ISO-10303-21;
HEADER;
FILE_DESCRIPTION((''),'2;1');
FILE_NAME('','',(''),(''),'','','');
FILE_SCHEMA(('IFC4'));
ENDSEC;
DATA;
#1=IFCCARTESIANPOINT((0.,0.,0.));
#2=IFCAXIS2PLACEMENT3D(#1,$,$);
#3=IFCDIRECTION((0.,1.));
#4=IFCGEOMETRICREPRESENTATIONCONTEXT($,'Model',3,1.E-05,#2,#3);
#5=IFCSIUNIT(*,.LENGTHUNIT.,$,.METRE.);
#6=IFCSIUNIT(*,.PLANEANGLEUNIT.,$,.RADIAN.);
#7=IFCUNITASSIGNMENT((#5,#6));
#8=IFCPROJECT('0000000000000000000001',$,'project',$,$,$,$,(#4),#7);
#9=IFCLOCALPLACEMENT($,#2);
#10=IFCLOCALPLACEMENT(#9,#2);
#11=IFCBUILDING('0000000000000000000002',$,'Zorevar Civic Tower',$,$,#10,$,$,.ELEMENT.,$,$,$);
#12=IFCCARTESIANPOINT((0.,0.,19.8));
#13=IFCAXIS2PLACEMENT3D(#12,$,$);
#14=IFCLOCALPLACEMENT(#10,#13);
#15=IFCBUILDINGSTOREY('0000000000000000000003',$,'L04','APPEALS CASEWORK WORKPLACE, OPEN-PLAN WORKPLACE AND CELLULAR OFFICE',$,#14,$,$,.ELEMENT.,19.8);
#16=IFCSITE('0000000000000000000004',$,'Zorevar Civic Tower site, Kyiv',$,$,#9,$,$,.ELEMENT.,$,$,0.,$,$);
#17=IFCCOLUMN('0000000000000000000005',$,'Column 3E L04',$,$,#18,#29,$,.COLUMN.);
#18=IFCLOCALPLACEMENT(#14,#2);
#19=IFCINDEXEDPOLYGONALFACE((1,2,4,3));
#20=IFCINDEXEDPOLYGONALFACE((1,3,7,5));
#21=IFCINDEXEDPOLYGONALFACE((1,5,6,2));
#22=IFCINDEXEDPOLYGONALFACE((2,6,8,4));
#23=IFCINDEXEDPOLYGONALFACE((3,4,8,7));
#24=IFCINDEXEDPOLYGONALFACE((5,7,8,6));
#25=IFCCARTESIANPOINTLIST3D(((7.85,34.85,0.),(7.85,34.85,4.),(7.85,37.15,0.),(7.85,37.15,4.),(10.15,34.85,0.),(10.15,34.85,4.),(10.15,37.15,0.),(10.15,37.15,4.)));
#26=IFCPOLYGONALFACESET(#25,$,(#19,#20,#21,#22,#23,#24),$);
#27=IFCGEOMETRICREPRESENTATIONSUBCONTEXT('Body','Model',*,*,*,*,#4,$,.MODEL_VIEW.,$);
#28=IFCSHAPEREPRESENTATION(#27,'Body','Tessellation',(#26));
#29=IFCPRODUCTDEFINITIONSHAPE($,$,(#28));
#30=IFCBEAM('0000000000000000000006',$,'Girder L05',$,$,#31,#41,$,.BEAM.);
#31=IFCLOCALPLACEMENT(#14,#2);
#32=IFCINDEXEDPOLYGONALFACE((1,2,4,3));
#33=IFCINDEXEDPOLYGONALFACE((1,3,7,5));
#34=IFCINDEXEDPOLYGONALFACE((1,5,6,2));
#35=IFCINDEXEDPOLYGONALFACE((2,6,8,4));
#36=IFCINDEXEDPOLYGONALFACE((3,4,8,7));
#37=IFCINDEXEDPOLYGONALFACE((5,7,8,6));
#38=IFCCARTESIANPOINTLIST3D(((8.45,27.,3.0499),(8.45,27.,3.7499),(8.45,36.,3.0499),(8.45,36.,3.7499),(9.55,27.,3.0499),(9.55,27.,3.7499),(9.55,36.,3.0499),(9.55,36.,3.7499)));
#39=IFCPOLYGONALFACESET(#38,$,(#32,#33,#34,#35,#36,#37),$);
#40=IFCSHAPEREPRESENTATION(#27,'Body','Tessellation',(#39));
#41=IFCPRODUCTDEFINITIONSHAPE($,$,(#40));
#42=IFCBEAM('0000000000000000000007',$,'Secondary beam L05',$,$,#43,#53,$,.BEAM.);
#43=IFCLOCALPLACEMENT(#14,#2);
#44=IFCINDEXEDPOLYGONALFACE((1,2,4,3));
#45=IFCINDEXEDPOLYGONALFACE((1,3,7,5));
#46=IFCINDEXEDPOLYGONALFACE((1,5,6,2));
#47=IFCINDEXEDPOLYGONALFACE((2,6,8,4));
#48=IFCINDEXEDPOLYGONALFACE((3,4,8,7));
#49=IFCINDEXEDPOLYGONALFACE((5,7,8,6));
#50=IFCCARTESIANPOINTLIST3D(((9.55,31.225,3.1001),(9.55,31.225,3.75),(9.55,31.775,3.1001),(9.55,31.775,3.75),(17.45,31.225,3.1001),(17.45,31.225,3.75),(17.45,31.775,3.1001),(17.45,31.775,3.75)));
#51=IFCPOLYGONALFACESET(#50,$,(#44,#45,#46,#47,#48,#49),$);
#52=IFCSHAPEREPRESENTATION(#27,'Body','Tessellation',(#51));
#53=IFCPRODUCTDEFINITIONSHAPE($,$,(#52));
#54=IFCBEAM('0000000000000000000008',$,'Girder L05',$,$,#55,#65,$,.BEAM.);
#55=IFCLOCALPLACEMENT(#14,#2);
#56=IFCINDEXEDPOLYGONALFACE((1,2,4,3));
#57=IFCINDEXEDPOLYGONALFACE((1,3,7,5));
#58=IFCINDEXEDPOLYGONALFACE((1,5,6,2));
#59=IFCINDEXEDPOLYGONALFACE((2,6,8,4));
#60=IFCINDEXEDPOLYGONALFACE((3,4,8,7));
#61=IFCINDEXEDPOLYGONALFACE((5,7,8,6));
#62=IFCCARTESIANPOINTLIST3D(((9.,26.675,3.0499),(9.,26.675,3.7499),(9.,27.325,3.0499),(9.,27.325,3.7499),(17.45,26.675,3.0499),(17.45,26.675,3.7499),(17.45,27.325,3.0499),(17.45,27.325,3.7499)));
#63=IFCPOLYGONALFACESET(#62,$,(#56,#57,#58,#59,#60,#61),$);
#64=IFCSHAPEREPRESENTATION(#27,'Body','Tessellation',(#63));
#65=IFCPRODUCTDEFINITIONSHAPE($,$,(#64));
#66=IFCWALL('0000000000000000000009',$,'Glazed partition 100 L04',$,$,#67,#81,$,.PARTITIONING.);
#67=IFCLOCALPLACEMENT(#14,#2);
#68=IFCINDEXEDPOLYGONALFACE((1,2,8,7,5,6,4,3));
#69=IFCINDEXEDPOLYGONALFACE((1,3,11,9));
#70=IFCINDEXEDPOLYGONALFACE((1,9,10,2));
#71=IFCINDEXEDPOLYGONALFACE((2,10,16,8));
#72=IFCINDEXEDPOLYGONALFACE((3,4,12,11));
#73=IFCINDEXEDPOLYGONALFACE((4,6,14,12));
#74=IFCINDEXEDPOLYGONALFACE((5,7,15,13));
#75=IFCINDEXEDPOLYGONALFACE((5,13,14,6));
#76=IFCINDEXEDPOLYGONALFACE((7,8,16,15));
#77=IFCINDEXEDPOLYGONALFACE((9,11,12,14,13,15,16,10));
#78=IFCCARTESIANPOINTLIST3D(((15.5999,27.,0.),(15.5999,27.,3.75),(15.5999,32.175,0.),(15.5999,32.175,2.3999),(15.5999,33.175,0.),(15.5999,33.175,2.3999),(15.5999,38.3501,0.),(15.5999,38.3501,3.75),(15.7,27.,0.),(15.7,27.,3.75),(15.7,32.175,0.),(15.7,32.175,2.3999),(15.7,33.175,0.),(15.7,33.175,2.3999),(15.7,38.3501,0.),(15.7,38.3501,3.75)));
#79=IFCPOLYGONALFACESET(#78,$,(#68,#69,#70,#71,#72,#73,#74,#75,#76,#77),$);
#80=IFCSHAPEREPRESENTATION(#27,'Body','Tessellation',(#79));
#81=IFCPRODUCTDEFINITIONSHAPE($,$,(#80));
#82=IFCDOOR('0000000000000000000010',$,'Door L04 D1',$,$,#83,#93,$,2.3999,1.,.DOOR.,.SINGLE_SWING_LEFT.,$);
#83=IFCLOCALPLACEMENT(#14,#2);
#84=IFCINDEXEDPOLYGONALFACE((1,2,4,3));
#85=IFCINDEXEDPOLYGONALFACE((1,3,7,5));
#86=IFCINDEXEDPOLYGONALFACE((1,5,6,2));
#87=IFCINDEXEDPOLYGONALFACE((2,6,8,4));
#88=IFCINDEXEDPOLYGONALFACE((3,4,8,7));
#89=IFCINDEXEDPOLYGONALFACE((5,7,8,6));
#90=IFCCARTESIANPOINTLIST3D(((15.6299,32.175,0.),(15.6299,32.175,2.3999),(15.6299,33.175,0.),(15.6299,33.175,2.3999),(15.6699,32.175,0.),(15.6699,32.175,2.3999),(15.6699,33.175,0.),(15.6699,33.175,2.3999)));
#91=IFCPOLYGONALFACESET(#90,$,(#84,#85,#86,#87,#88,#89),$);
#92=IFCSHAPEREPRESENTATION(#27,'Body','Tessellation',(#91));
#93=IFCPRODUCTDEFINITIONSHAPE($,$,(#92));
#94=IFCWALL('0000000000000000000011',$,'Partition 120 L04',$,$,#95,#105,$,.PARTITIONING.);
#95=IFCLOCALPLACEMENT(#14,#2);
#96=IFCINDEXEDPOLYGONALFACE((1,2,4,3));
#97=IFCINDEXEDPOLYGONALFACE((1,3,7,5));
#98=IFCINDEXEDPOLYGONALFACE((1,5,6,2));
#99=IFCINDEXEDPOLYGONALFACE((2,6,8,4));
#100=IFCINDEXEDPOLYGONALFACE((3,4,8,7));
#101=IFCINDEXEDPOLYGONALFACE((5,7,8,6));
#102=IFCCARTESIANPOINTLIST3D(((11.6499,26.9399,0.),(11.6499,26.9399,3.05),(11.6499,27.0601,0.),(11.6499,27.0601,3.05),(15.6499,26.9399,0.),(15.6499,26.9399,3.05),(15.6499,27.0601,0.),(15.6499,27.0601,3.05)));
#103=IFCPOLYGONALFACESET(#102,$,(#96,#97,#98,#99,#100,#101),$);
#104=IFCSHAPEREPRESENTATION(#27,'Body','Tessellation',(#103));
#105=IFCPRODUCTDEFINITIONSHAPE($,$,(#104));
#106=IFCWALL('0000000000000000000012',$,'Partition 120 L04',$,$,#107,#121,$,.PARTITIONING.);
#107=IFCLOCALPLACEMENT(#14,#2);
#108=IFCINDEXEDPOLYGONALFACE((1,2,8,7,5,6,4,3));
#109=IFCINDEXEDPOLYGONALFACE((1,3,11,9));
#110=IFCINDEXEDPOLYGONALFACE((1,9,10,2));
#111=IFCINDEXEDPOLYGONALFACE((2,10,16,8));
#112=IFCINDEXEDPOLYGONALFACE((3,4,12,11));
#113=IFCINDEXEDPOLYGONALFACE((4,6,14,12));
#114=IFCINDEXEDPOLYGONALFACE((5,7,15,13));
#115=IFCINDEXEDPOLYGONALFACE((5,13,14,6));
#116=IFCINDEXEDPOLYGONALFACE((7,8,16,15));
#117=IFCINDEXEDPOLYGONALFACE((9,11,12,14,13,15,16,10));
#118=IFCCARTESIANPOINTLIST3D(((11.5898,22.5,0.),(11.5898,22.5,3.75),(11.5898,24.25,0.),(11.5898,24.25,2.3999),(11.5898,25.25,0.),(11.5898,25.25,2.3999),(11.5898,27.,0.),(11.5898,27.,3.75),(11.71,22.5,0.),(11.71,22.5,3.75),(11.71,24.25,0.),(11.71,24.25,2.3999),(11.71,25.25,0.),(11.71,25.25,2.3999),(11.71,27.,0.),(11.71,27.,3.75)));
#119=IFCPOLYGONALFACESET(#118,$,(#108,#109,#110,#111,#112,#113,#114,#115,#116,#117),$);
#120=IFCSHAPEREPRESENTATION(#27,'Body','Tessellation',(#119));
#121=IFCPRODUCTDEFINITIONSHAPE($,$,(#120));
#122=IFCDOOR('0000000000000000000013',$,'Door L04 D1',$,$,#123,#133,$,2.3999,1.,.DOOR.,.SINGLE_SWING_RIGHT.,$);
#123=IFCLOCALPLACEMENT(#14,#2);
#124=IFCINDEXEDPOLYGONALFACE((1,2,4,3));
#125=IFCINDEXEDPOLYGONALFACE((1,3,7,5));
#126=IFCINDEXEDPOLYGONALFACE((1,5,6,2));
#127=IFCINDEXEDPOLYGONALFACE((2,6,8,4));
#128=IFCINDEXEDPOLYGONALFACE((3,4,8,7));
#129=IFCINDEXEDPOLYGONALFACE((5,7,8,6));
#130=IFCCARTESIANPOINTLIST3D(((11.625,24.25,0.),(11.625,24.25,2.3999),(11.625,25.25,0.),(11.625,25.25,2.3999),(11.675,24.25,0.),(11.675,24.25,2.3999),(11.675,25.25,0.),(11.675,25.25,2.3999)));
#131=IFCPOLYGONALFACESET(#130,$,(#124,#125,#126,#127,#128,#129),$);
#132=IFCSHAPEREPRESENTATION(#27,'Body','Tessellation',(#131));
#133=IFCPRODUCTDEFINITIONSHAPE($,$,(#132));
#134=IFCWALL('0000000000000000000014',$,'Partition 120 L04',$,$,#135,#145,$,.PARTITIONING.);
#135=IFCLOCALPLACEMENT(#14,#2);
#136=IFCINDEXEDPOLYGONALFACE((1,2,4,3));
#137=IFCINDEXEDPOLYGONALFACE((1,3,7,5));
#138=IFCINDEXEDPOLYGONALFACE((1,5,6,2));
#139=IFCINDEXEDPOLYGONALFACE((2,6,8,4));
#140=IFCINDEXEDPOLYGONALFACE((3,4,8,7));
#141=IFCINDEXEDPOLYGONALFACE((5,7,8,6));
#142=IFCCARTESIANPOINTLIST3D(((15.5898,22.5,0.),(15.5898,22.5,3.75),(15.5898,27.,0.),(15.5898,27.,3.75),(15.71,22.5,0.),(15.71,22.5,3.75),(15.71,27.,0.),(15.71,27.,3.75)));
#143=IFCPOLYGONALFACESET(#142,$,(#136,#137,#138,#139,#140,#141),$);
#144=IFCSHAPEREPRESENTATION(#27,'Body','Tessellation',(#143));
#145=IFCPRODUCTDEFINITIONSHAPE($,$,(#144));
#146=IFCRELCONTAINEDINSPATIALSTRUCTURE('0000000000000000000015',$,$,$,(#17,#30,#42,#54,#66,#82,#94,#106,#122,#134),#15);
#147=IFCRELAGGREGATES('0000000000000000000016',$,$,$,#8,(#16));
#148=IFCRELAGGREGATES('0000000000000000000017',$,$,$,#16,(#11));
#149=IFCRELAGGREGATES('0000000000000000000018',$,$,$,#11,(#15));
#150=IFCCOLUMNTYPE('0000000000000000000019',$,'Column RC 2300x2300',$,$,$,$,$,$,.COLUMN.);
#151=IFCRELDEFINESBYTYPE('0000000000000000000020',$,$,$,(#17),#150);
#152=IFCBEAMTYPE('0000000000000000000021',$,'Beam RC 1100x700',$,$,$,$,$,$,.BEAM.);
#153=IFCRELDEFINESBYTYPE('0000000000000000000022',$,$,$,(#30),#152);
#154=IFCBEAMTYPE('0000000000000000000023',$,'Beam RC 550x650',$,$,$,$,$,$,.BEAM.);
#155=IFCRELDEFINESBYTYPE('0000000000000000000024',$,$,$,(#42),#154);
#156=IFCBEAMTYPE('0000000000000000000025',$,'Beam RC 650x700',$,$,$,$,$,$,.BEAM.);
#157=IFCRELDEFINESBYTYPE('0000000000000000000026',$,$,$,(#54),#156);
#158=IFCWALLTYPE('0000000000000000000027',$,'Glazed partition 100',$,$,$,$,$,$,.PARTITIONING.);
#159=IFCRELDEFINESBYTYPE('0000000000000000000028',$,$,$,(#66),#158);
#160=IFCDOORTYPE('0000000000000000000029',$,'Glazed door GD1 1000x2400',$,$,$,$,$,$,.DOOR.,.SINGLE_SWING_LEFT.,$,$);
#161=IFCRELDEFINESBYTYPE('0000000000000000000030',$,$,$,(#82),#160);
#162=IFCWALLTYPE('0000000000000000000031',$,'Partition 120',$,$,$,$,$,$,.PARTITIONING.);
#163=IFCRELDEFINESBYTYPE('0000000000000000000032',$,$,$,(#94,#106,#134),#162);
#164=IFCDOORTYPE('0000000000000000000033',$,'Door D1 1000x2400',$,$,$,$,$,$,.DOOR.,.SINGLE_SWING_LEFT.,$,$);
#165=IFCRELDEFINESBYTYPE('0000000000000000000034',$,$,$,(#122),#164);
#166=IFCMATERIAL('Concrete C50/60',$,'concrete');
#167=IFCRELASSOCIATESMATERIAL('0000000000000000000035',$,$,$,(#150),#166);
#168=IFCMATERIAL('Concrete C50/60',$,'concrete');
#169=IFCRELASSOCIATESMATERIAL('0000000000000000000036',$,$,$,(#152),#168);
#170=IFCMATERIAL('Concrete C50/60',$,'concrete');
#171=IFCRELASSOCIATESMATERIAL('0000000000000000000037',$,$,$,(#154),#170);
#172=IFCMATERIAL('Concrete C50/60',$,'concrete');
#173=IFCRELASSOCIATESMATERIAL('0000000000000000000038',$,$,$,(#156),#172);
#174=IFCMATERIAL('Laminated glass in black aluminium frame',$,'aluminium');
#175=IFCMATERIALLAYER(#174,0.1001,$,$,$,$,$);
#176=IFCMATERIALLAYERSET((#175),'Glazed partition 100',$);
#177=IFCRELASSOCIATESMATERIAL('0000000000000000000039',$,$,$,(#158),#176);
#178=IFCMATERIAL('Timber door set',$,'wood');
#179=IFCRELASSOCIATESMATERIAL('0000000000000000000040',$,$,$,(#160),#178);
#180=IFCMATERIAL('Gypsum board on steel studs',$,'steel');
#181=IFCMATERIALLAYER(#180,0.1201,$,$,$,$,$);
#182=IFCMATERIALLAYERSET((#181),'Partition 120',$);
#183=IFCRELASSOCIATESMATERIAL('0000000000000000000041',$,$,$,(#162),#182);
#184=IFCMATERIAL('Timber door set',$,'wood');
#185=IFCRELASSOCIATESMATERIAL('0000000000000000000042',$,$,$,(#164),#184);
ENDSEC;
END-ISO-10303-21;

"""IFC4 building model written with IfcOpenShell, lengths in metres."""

from ifc_helpers import new_model, si_unit, direction, frame, frame_2d, origin, origin_2d, place, context, subcontext, project, spatial, rectangle, extrude, material, layer, layer_set, material_profile, profile_set, type_object, element, fill, save


model = new_model("IFC4")

# Units and contexts
model_context = context("Model", 3, precision=1e-05, world=origin(), true_north=direction((0.0, 1.0)))
body_context = subcontext(model_context, "Body", "Model", "MODEL_VIEW")
ifc_project = project(units=[si_unit("LENGTHUNIT", "METRE"), si_unit("PLANEANGLEUNIT", "RADIAN")], contexts=[model_context])

# Site, building, storey
site_placement = place(None, origin())
site = spatial("IfcSite", under=ifc_project, at=site_placement, Name="Zorevar Civic Tower site, Kyiv", CompositionType="ELEMENT", RefElevation=0.0)
building_placement = place(site_placement, origin())
building = spatial("IfcBuilding", under=site, at=building_placement, Name="Zorevar Civic Tower", CompositionType="ELEMENT")
storey_placement = place(building_placement, frame((0.0, 0.0, 19.8)))
storey = spatial("IfcBuildingStorey", under=building, at=storey_placement, Name="L04", Description="APPEALS CASEWORK WORKPLACE, OPEN-PLAN WORKPLACE AND CELLULAR OFFICE", CompositionType="ELEMENT", Elevation=19.8)

# Column
ifc_material_1 = material(Name="Concrete C50/60", Category="concrete")
ifc_material_profile_1 = material_profile(ifc_material_1, rectangle(XDim=2.3, YDim=2.3, at=origin_2d()), Name="RC 2300x2300")
ifc_profile_set_1 = profile_set([ifc_material_profile_1], Name="Concrete C50/60")
column_type = type_object("IfcColumnType", Name="Column RC 2300x2300", PredefinedType="COLUMN", material=ifc_profile_set_1)
column_placement = place(storey_placement, frame((9.0, 36.0, 0.0), z_axis=(0.0, 0.0, 1.0), x_axis=(1.0, 0.0, 0.0)))
element("IfcColumn", 1, at=column_placement, inside=storey, type_object=column_type, Name="Column 3E L04", PredefinedType="COLUMN", context=body_context, shape_type="SweptSolid", body=[
    extrude(rectangle(XDim=2.3, YDim=2.3, at=origin_2d()), origin(), (0.0, 0.0, 1.0), 4.0),
])

# Beams
ifc_material_2 = material(Name="Concrete C50/60", Category="concrete")
ifc_material_profile_2 = material_profile(ifc_material_2, rectangle(XDim=1.1001, YDim=0.7, at=origin_2d()), Name="RC 1100x700")
ifc_profile_set_2 = profile_set([ifc_material_profile_2], Name="Concrete C50/60")
beam_type_1 = type_object("IfcBeamType", Name="Beam RC 1100x700", PredefinedType="BEAM", material=ifc_profile_set_2)
beam_1_placement = place(storey_placement, frame((9.0, 27.0, 3.3999), z_axis=(0.0, 1.0, 0.0), x_axis=(-1.0, 0.0, 0.0)))
element("IfcBeam", 2, at=beam_1_placement, inside=storey, type_object=beam_type_1, Name="Girder L05", PredefinedType="BEAM", context=body_context, shape_type="SweptSolid", body=[
    extrude(rectangle(XDim=1.1001, YDim=0.7, at=origin_2d()), origin(), (0.0, 0.0, 1.0), 9.0),
])
ifc_material_3 = material(Name="Concrete C50/60", Category="concrete")
ifc_material_profile_3 = material_profile(ifc_material_3, rectangle(XDim=0.55, YDim=0.6499, at=origin_2d()), Name="RC 550x650")
ifc_profile_set_3 = profile_set([ifc_material_profile_3], Name="Concrete C50/60")
beam_type_2 = type_object("IfcBeamType", Name="Beam RC 550x650", PredefinedType="BEAM", material=ifc_profile_set_3)
beam_2_placement = place(storey_placement, frame((9.55, 31.5, 3.425), z_axis=(1.0, 0.0, 0.0), x_axis=(0.0, 1.0, 0.0)))
element("IfcBeam", 3, at=beam_2_placement, inside=storey, type_object=beam_type_2, Name="Secondary beam L05", PredefinedType="BEAM", context=body_context, shape_type="SweptSolid", body=[
    extrude(rectangle(XDim=0.55, YDim=0.6499, at=origin_2d()), origin(), (0.0, 0.0, 1.0), 7.8999),
])
ifc_material_4 = material(Name="Concrete C50/60", Category="concrete")
ifc_material_profile_4 = material_profile(ifc_material_4, rectangle(XDim=0.6499, YDim=0.7, at=origin_2d()), Name="RC 650x700")
ifc_profile_set_4 = profile_set([ifc_material_profile_4], Name="Concrete C50/60")
beam_type_3 = type_object("IfcBeamType", Name="Beam RC 650x700", PredefinedType="BEAM", material=ifc_profile_set_4)
beam_3_placement = place(storey_placement, frame((9.0, 27.0, 3.3999), z_axis=(1.0, 0.0, 0.0), x_axis=(0.0, 1.0, 0.0)))
element("IfcBeam", 4, at=beam_3_placement, inside=storey, type_object=beam_type_3, Name="Girder L05", PredefinedType="BEAM", context=body_context, shape_type="SweptSolid", body=[
    extrude(rectangle(XDim=0.6499, YDim=0.7, at=origin_2d()), origin(), (0.0, 0.0, 1.0), 8.45),
])

# Wall, opening, door
ifc_material_5 = material(Name="Laminated glass in black aluminium frame", Category="aluminium")
ifc_layer_1 = layer(ifc_material_5, 0.1001)
ifc_layer_set_1 = layer_set([ifc_layer_1], Name="Glazed partition 100")
wall_type_1 = type_object("IfcWallType", Name="Glazed partition 100", PredefinedType="PARTITIONING", material=ifc_layer_set_1)
wall_1_placement = place(storey_placement, frame((15.6499, 27.0, 0.0), z_axis=(0.0, 0.0, 1.0), x_axis=(0.0, 1.0, 0.0)))
wall_1 = element("IfcWall", 5, at=wall_1_placement, inside=storey, type_object=wall_type_1, Name="Glazed partition 100 L04", PredefinedType="PARTITIONING", context=body_context, shape_type="SweptSolid", body=[
    extrude(rectangle(XDim=11.3501, YDim=0.1001, at=frame_2d((5.675, 0.0))), origin(), (0.0, 0.0, 1.0), 3.75),
])
opening_1_placement = place(wall_1_placement, frame((5.175, 0.0, 0.0)))
opening_1 = element("IfcOpeningElement", 6, at=opening_1_placement, cuts=wall_1, PredefinedType="OPENING", context=body_context, shape_type="SweptSolid", body=[
    extrude(rectangle(XDim=1.0, YDim=2.3999, at=frame_2d((0.5, 1.2))), frame((0.0, 0.0601, 0.0), z_axis=(0.0, -1.0, 0.0), x_axis=(1.0, 0.0, 0.0)), (0.0, 0.0, 1.0), 0.1201),
])
ifc_material_6 = material(Name="Timber door set", Category="wood")
door_type_1 = type_object("IfcDoorType", Name="Glazed door GD1 1000x2400", OperationType="SINGLE_SWING_LEFT", PredefinedType="DOOR", material=ifc_material_6)
door_1_placement = place(opening_1_placement, origin())
door_1 = element("IfcDoor", 7, at=door_1_placement, inside=storey, type_object=door_type_1, Name="Door L04 D1", OperationType="SINGLE_SWING_LEFT", OverallHeight=2.3999, OverallWidth=1.0, PredefinedType="DOOR", context=body_context, shape_type="SweptSolid", body=[
    extrude(rectangle(XDim=1.0, YDim=2.3999, at=frame_2d((0.5, 1.2))), frame((0.0, 0.02, 0.0), z_axis=(0.0, -1.0, 0.0), x_axis=(1.0, 0.0, 0.0)), (0.0, 0.0, 1.0), 0.04),
])
fill(opening_1, door_1)

# Wall
ifc_material_7 = material(Name="Gypsum board on steel studs", Category="steel")
ifc_layer_2 = layer(ifc_material_7, 0.1201)
ifc_layer_set_2 = layer_set([ifc_layer_2], Name="Partition 120")
wall_type_2 = type_object("IfcWallType", Name="Partition 120", PredefinedType="PARTITIONING", material=ifc_layer_set_2)
wall_2_placement = place(storey_placement, frame((11.6499, 27.0, 0.0), z_axis=(0.0, 0.0, 1.0), x_axis=(1.0, 0.0, 0.0)))
element("IfcWall", 8, at=wall_2_placement, inside=storey, type_object=wall_type_2, Name="Partition 120 L04", PredefinedType="PARTITIONING", context=body_context, shape_type="SweptSolid", body=[
    extrude(rectangle(XDim=4.0, YDim=0.1201, at=frame_2d((2.0, 0.0))), origin(), (0.0, 0.0, 1.0), 3.05),
])

# Wall, opening, door
wall_3_placement = place(storey_placement, frame((11.6499, 22.5, 0.0), z_axis=(0.0, 0.0, 1.0), x_axis=(0.0, 1.0, 0.0)))
wall_3 = element("IfcWall", 9, at=wall_3_placement, inside=storey, type_object=wall_type_2, Name="Partition 120 L04", PredefinedType="PARTITIONING", context=body_context, shape_type="SweptSolid", body=[
    extrude(rectangle(XDim=4.5, YDim=0.1201, at=frame_2d((2.25, 0.0))), origin(), (0.0, 0.0, 1.0), 3.75),
])
opening_2_placement = place(wall_3_placement, frame((1.75, 0.0, 0.0)))
opening_2 = element("IfcOpeningElement", 10, at=opening_2_placement, cuts=wall_3, PredefinedType="OPENING", context=body_context, shape_type="SweptSolid", body=[
    extrude(rectangle(XDim=1.0, YDim=2.3999, at=frame_2d((0.5, 1.2))), frame((0.0, 0.0701, 0.0), z_axis=(0.0, -1.0, 0.0), x_axis=(1.0, 0.0, 0.0)), (0.0, 0.0, 1.0), 0.1401),
])
ifc_material_8 = material(Name="Timber door set", Category="wood")
door_type_2 = type_object("IfcDoorType", Name="Door D1 1000x2400", OperationType="SINGLE_SWING_LEFT", PredefinedType="DOOR", material=ifc_material_8)
door_2_placement = place(opening_2_placement, origin())
door_2 = element("IfcDoor", 11, at=door_2_placement, inside=storey, type_object=door_type_2, Name="Door L04 D1", OperationType="SINGLE_SWING_RIGHT", OverallHeight=2.3999, OverallWidth=1.0, PredefinedType="DOOR", context=body_context, shape_type="SweptSolid", body=[
    extrude(rectangle(XDim=1.0, YDim=2.3999, at=frame_2d((0.5, 1.2))), frame((0.0, 0.0249, 0.0), z_axis=(0.0, -1.0, 0.0), x_axis=(1.0, 0.0, 0.0)), (0.0, 0.0, 1.0), 0.05),
])
fill(opening_2, door_2)

# Wall
wall_4_placement = place(storey_placement, frame((15.6499, 22.5, 0.0), z_axis=(0.0, 0.0, 1.0), x_axis=(0.0, 1.0, 0.0)))
element("IfcWall", 12, at=wall_4_placement, inside=storey, type_object=wall_type_2, Name="Partition 120 L04", PredefinedType="PARTITIONING", context=body_context, shape_type="SweptSolid", body=[
    extrude(rectangle(XDim=4.5, YDim=0.1201, at=frame_2d((2.25, 0.0))), origin(), (0.0, 0.0, 1.0), 3.75),
])

save(model, "model.ifc")
